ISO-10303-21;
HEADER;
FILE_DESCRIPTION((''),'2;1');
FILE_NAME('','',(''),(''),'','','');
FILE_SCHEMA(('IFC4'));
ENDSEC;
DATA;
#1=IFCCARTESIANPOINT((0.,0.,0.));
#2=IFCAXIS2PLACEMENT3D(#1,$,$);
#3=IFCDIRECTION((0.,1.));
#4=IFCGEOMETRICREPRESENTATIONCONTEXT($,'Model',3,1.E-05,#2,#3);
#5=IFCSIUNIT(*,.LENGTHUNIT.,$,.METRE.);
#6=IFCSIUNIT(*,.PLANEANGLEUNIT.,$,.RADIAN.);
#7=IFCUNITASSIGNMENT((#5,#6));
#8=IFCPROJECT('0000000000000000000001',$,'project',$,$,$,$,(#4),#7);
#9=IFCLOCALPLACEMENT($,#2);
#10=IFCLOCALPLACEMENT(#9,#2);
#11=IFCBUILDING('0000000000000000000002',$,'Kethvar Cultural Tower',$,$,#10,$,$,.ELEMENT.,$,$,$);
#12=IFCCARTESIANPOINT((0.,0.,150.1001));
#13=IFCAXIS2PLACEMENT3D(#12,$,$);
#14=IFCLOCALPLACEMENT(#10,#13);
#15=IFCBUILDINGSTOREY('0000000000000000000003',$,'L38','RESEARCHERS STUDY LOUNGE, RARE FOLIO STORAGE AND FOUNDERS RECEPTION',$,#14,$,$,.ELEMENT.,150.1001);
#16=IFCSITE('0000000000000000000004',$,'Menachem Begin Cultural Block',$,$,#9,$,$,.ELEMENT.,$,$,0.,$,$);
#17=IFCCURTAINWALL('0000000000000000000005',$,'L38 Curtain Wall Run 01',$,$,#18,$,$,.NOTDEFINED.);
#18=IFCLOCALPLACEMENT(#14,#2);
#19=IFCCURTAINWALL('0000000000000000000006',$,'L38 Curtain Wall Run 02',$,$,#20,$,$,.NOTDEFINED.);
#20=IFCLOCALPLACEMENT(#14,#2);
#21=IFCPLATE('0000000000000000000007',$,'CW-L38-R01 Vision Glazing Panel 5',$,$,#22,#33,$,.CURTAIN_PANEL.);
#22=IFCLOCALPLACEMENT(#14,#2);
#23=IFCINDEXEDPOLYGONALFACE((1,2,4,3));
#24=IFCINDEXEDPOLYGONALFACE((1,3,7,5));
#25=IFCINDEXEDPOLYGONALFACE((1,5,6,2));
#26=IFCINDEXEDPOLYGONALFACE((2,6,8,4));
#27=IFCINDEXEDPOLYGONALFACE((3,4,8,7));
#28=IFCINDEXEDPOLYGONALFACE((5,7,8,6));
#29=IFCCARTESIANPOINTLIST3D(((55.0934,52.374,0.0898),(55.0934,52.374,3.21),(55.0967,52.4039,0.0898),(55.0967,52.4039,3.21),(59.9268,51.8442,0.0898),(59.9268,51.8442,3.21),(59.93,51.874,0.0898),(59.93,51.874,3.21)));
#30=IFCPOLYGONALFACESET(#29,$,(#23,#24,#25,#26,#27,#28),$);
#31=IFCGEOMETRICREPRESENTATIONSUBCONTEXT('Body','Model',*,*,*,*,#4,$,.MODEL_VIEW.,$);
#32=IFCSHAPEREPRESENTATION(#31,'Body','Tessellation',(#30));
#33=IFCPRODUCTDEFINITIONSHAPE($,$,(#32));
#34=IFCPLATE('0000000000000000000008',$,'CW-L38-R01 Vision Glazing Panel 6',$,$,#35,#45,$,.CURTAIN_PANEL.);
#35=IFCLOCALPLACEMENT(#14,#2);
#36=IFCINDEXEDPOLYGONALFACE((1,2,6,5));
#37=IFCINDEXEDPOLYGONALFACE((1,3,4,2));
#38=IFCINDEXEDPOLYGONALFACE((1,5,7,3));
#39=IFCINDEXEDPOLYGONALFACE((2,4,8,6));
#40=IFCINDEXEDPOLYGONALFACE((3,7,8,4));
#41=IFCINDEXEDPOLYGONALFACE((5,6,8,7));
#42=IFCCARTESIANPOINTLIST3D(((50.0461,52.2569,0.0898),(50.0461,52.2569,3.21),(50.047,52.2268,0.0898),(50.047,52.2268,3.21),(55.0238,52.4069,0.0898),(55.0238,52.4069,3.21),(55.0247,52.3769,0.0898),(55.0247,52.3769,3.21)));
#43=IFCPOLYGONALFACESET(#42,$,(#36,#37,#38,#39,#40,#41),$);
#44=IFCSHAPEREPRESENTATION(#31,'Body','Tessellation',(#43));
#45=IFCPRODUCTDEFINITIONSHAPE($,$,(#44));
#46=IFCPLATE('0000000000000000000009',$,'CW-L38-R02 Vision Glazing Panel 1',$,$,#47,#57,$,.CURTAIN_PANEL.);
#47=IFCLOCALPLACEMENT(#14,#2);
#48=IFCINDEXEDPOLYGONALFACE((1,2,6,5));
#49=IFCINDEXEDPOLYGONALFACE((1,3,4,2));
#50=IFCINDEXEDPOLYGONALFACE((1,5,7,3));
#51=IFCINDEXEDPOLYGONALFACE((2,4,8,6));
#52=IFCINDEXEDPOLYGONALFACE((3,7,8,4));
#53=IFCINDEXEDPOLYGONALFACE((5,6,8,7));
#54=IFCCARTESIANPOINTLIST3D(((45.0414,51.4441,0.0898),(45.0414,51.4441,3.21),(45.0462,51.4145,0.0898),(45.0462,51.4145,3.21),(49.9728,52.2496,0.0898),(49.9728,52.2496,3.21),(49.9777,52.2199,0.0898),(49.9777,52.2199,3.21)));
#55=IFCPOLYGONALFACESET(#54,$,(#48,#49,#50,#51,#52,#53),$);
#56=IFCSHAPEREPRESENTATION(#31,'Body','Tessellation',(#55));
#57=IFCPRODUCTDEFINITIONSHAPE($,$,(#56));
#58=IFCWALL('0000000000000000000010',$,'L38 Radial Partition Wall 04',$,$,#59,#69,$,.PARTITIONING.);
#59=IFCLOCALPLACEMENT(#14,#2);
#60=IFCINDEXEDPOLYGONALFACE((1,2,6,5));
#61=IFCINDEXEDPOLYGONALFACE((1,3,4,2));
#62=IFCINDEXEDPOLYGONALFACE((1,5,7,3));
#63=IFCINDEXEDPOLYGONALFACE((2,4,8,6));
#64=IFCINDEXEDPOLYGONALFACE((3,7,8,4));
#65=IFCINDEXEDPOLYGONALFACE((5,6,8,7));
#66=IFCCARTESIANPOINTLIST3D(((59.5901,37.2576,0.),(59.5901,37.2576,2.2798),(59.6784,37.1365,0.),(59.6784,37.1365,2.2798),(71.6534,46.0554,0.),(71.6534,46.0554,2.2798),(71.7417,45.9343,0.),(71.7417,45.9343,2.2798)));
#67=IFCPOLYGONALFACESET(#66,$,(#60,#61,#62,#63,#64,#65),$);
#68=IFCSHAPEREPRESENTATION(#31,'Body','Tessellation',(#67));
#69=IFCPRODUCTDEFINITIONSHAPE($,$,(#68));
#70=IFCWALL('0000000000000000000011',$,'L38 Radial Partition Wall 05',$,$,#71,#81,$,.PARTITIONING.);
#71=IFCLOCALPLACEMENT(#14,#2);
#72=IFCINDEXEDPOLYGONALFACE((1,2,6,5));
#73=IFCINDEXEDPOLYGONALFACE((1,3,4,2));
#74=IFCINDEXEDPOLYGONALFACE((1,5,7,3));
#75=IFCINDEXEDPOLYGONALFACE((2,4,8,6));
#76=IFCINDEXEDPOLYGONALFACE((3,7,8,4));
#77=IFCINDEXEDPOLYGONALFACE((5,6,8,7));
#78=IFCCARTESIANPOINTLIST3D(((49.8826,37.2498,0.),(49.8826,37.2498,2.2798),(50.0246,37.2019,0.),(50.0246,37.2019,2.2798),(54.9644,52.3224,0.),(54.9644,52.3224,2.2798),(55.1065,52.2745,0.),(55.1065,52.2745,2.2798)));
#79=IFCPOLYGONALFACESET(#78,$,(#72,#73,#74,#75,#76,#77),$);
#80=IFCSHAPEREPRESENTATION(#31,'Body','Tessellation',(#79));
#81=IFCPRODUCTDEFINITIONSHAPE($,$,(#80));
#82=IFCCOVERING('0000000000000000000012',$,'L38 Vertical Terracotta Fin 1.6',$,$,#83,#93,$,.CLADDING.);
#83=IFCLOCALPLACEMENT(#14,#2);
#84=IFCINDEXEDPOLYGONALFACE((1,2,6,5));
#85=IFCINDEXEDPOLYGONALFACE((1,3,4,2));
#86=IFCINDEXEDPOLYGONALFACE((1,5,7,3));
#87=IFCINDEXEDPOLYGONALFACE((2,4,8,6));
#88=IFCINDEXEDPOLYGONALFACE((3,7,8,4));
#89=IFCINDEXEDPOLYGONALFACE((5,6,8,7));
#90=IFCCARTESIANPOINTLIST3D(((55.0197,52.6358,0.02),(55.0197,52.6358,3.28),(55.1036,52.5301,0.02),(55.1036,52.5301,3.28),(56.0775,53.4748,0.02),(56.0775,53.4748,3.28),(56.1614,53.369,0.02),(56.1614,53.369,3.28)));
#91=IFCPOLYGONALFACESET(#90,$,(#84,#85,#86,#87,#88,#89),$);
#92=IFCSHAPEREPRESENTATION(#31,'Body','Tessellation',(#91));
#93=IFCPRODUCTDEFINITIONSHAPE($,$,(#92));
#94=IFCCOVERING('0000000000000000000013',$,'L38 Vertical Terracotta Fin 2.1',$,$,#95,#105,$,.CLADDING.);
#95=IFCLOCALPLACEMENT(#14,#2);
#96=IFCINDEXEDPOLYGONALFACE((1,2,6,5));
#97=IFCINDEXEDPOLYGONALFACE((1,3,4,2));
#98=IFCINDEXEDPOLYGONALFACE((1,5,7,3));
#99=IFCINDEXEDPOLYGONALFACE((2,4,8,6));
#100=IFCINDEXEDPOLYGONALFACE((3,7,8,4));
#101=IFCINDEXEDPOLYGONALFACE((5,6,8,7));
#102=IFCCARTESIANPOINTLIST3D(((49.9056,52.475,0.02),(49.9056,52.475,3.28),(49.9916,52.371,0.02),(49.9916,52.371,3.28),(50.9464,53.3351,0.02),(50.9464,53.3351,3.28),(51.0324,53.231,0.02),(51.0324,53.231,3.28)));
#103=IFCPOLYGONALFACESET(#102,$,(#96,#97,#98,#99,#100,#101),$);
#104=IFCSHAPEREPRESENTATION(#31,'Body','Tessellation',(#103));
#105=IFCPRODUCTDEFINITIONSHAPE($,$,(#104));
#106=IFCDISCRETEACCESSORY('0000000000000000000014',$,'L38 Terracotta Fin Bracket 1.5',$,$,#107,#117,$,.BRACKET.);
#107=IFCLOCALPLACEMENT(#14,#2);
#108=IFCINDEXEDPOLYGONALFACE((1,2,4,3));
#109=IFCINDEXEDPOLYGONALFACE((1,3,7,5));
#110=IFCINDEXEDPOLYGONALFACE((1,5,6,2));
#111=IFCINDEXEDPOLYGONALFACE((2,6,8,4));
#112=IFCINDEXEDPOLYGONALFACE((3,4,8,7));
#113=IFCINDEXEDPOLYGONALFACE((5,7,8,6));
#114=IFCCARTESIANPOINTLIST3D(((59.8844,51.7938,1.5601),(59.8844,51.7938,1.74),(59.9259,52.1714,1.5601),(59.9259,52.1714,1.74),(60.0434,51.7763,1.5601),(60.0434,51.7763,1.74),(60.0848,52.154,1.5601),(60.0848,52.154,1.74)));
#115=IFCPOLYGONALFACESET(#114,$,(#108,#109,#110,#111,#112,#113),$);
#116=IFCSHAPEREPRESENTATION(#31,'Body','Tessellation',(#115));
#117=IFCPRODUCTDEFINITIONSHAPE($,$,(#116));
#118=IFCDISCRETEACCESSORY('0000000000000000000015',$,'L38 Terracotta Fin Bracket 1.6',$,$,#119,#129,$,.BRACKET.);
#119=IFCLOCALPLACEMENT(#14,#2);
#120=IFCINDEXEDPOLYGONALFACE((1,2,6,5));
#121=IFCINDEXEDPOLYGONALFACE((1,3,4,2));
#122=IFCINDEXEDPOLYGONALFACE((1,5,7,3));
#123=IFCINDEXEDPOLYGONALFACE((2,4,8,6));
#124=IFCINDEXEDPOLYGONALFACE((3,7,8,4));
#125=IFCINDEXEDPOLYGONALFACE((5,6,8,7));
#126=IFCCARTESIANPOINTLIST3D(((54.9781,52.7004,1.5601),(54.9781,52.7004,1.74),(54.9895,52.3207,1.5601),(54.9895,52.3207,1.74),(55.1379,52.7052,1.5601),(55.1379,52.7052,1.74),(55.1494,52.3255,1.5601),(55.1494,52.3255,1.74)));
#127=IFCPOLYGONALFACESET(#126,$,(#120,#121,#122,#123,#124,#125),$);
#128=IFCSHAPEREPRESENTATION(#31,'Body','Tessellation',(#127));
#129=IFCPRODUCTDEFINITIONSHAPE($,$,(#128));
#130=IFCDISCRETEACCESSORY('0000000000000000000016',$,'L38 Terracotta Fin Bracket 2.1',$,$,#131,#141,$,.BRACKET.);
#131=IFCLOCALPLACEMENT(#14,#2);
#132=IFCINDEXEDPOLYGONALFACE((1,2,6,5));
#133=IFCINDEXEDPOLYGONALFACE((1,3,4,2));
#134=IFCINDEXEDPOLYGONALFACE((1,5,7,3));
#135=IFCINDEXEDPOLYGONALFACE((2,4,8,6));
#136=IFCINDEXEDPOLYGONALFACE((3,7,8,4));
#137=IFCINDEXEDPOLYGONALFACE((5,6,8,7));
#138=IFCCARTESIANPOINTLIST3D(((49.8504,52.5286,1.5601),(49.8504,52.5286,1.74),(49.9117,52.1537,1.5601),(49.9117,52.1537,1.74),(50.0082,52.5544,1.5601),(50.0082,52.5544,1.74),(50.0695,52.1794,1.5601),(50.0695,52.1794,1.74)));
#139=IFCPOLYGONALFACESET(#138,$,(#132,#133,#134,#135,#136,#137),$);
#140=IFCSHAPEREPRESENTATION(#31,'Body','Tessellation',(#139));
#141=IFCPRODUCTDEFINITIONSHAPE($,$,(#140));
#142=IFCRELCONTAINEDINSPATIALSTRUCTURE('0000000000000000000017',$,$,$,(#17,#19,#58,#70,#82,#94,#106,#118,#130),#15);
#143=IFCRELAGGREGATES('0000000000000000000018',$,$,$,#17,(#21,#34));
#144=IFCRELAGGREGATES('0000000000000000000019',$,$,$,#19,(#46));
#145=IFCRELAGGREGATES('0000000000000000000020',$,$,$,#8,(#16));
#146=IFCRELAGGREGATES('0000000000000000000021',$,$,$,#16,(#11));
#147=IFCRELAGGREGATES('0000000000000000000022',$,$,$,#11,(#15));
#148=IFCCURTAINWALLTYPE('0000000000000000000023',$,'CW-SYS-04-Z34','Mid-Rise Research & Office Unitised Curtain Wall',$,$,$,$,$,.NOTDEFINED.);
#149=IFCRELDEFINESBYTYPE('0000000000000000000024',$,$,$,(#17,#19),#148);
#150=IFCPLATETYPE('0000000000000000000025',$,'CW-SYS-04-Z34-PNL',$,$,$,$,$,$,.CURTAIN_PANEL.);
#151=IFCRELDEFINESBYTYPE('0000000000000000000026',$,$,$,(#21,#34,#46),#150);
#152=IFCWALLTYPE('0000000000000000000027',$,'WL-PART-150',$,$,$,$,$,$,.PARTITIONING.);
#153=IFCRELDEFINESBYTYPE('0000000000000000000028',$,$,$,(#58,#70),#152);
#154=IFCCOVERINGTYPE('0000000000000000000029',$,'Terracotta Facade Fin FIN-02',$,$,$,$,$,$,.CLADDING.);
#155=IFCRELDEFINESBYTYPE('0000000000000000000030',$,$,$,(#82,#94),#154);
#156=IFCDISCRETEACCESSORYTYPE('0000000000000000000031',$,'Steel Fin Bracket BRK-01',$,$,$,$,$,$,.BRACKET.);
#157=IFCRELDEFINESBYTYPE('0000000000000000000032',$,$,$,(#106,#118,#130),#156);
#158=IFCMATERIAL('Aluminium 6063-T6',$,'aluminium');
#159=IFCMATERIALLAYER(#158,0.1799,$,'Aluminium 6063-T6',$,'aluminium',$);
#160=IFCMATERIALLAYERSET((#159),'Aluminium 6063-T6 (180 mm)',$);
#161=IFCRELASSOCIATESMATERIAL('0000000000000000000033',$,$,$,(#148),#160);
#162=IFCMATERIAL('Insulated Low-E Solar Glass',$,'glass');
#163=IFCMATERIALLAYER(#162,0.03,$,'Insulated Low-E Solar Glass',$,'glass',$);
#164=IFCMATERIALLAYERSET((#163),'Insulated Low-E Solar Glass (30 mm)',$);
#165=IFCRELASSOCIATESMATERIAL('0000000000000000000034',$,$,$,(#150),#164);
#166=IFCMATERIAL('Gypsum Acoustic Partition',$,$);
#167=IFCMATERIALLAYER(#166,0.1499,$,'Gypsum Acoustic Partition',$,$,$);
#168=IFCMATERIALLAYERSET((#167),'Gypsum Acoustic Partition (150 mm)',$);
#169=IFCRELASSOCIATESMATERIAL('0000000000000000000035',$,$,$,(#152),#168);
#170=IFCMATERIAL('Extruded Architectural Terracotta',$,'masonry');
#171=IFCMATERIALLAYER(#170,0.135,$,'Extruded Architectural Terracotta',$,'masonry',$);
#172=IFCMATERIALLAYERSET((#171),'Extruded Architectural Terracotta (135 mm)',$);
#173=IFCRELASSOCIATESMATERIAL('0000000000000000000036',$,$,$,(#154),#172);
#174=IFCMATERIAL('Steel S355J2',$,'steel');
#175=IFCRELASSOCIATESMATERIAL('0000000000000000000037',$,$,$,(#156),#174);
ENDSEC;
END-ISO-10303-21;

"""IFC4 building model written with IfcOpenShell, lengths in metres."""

from ifc_helpers import new_model, si_unit, direction, frame, frame_2d, origin, origin_2d, place, context, subcontext, project, spatial, rectangle, extrude, source, transform, mapped, material, layer, layer_set, type_object, element, aggregate, save


model = new_model("IFC4")

# Units and contexts
model_context = context("Model", 3, precision=1e-05, world=origin(), true_north=direction((0.0, 1.0)))
body_context = subcontext(model_context, "Body", "Model", "MODEL_VIEW")
ifc_project = project(units=[si_unit("LENGTHUNIT", "METRE"), si_unit("PLANEANGLEUNIT", "RADIAN")], contexts=[model_context])

# Site, building, storey
site_placement = place(None, origin())
site = spatial("IfcSite", under=ifc_project, at=site_placement, Name="Menachem Begin Cultural Block", CompositionType="ELEMENT", RefElevation=0.0)
building_placement = place(site_placement, origin())
building = spatial("IfcBuilding", under=site, at=building_placement, Name="Kethvar Cultural Tower", CompositionType="ELEMENT")
storey_placement = place(building_placement, frame((0.0, 0.0, 150.1001)))
storey = spatial("IfcBuildingStorey", under=building, at=storey_placement, Name="L38", Description="RESEARCHERS STUDY LOUNGE, RARE FOLIO STORAGE AND FOUNDERS RECEPTION", CompositionType="ELEMENT", Elevation=150.1001)

# Shared definitions
ifc_material_1 = material(Name="Steel S355J2", Category="steel")

# Curtain wall
ifc_material_2 = material(Name="Aluminium 6063-T6", Category="aluminium")
ifc_layer_1 = layer(ifc_material_2, 0.1799, Name="Aluminium 6063-T6", Category="aluminium")
ifc_layer_set_1 = layer_set([ifc_layer_1], Name="Aluminium 6063-T6 (180 mm)")
curtain_wall_type = type_object("IfcCurtainWallType", Name="CW-SYS-04-Z34", Description="Mid-Rise Research & Office Unitised Curtain Wall", PredefinedType="NOTDEFINED", material=ifc_layer_set_1)
curtain_wall_1_placement = place(storey_placement, origin())
curtain_wall_1 = element("IfcCurtainWall", 1, at=curtain_wall_1_placement, inside=storey, type_object=curtain_wall_type, Name="L38 Curtain Wall Run 01", PredefinedType="NOTDEFINED")

# Curtain wall
curtain_wall_2_placement = place(storey_placement, origin())
curtain_wall_2 = element("IfcCurtainWall", 2, at=curtain_wall_2_placement, inside=storey, type_object=curtain_wall_type, Name="L38 Curtain Wall Run 02", PredefinedType="NOTDEFINED")

# Plates
ifc_material_3 = material(Name="Insulated Low-E Solar Glass", Category="glass")
ifc_layer_2 = layer(ifc_material_3, 0.03, Name="Insulated Low-E Solar Glass", Category="glass")
ifc_layer_set_2 = layer_set([ifc_layer_2], Name="Insulated Low-E Solar Glass (30 mm)")
plate_type = type_object("IfcPlateType", Name="CW-SYS-04-Z34-PNL", PredefinedType="CURTAIN_PANEL", material=ifc_layer_set_2)
shared_shape_1 = source(origin(), body_context, "Body", "SweptSolid", [
    extrude(rectangle(XDim=4.8623, YDim=0.03, at=origin_2d()), origin(), (0.0, 0.0, 1.0), 3.1201),
])
plate_1_placement = place(storey_placement, frame((57.5117, 52.124, 0.0898), z_axis=(0.0, 0.0, 1.0), x_axis=(-0.994045, 0.108971, 0.0)))
plate_1 = element("IfcPlate", 3, at=plate_1_placement, type_object=plate_type, Name="CW-L38-R01 Vision Glazing Panel 5", PredefinedType="CURTAIN_PANEL", context=body_context, shape_type="MappedRepresentation", body=[
    mapped(shared_shape_1, transform((0.0, 0.0, 0.0), scale=1.0)),
])
shared_shape_2 = source(origin(), body_context, "Body", "SweptSolid", [
    extrude(rectangle(XDim=4.98, YDim=0.03, at=origin_2d()), origin(), (0.0, 0.0, 1.0), 3.1201),
])
plate_2_placement = place(storey_placement, frame((52.5354, 52.3169, 0.0898), z_axis=(0.0, 0.0, 1.0), x_axis=(-0.999546, -0.030137, 0.0)))
plate_2 = element("IfcPlate", 4, at=plate_2_placement, type_object=plate_type, Name="CW-L38-R01 Vision Glazing Panel 6", PredefinedType="CURTAIN_PANEL", context=body_context, shape_type="MappedRepresentation", body=[
    mapped(shared_shape_2, transform((0.0, 0.0, 0.0), scale=1.0)),
])
aggregate(curtain_wall_1, [plate_1, plate_2])
shared_shape_3 = source(origin(), body_context, "Body", "SweptSolid", [
    extrude(rectangle(XDim=4.9968, YDim=0.03, at=origin_2d()), origin(), (0.0, 0.0, 1.0), 3.1201),
])
plate_3_placement = place(storey_placement, frame((47.5095, 51.832, 0.0898), z_axis=(0.0, 0.0, 1.0), x_axis=(-0.986923, -0.16119, 0.0)))
plate_3 = element("IfcPlate", 5, at=plate_3_placement, type_object=plate_type, Name="CW-L38-R02 Vision Glazing Panel 1", PredefinedType="CURTAIN_PANEL", context=body_context, shape_type="MappedRepresentation", body=[
    mapped(shared_shape_3, transform((0.0, 0.0, 0.0), scale=1.0)),
])
aggregate(curtain_wall_2, [plate_3])

# Walls
ifc_material_4 = material(Name="Gypsum Acoustic Partition")
ifc_layer_3 = layer(ifc_material_4, 0.1499, Name="Gypsum Acoustic Partition")
ifc_layer_set_3 = layer_set([ifc_layer_3], Name="Gypsum Acoustic Partition (150 mm)")
wall_type_1 = type_object("IfcWallType", Name="WL-PART-150", PredefinedType="PARTITIONING", material=ifc_layer_set_3)
wall_1_placement = place(storey_placement, frame((59.6343, 37.197, 0.0), z_axis=(0.0, 0.0, 1.0), x_axis=(0.807952, 0.589248, 0.0)))
element("IfcWall", 6, at=wall_1_placement, inside=storey, type_object=wall_type_1, Name="L38 Radial Partition Wall 04", PredefinedType="PARTITIONING", context=body_context, shape_type="SweptSolid", body=[
    extrude(rectangle(XDim=14.9307, YDim=0.1499, at=frame_2d((7.4653, 0.0))), origin(), (0.0, 0.0, 1.0), 2.2798),
])
wall_2_placement = place(storey_placement, frame((49.9536, 37.2258, 0.0), z_axis=(0.0, 0.0, 1.0), x_axis=(0.319486, 0.947591, 0.0)))
element("IfcWall", 7, at=wall_2_placement, inside=storey, type_object=wall_type_1, Name="L38 Radial Partition Wall 05", PredefinedType="PARTITIONING", context=body_context, shape_type="SweptSolid", body=[
    extrude(rectangle(XDim=15.9062, YDim=0.1499, at=frame_2d((7.9531, 0.0))), origin(), (0.0, 0.0, 1.0), 2.2798),
])

# Coverings
ifc_material_5 = material(Name="Extruded Architectural Terracotta", Category="masonry")
ifc_layer_4 = layer(ifc_material_5, 0.135, Name="Extruded Architectural Terracotta", Category="masonry")
ifc_layer_set_4 = layer_set([ifc_layer_4], Name="Extruded Architectural Terracotta (135 mm)")
covering_type = type_object("IfcCoveringType", Name="Terracotta Facade Fin FIN-02", PredefinedType="CLADDING", material=ifc_layer_set_4)
shared_shape_4 = source(origin(), body_context, "Body", "SweptSolid", [
    extrude(rectangle(XDim=1.3501, YDim=0.135, at=origin_2d()), origin(), (0.0, 0.0, 1.0), 3.26),
])
for number, where, z_axis, x_axis, name in (
    (8, (55.5906, 53.0024, 0.02), (0.0, 0.0, 1.0), (0.783477, 0.621421, 0.0), "L38 Vertical Terracotta Fin 1.6"),
    (9, (50.469, 52.853, 0.02), (0.0, 0.0, 1.0), (0.770847, 0.63702, 0.0), "L38 Vertical Terracotta Fin 2.1"),
):
    element("IfcCovering", number, at=place(storey_placement, frame(where, z_axis=z_axis, x_axis=x_axis)), inside=storey, type_object=covering_type, Name=name, PredefinedType="CLADDING", context=body_context, shape_type="MappedRepresentation", body=[
        mapped(shared_shape_4, transform((0.0, 0.0, 0.0), scale=1.0)),
    ])

# Discrete accessories
discrete_accessory_type = type_object("IfcDiscreteAccessoryType", Name="Steel Fin Bracket BRK-01", PredefinedType="BRACKET", material=ifc_material_1)
shared_shape_5 = source(origin(), body_context, "Body", "SweptSolid", [
    extrude(rectangle(XDim=0.3799, YDim=0.1599, at=origin_2d()), origin(), (0.0, 0.0, 1.0), 0.1799),
])
for number, where, z_axis, x_axis, name in (
    (10, (59.9846, 51.9739, 1.5601), (0.0, 0.0, 1.0), (0.10904, 0.994037, 0.0), "L38 Terracotta Fin Bracket 1.5"),
    (11, (55.0637, 52.5129, 1.5601), (0.0, 0.0, 1.0), (-0.03019, 0.999544, 0.0), "L38 Terracotta Fin Bracket 1.6"),
    (12, (49.96, 52.354, 1.5601), (0.0, 0.0, 1.0), (-0.161259, 0.986912, 0.0), "L38 Terracotta Fin Bracket 2.1"),
):
    element("IfcDiscreteAccessory", number, at=place(storey_placement, frame(where, z_axis=z_axis, x_axis=x_axis)), inside=storey, type_object=discrete_accessory_type, Name=name, PredefinedType="BRACKET", context=body_context, shape_type="MappedRepresentation", body=[
        mapped(shared_shape_5, transform((0.0, 0.0, 0.0), scale=1.0)),
    ])

save(model, "model.ifc")
